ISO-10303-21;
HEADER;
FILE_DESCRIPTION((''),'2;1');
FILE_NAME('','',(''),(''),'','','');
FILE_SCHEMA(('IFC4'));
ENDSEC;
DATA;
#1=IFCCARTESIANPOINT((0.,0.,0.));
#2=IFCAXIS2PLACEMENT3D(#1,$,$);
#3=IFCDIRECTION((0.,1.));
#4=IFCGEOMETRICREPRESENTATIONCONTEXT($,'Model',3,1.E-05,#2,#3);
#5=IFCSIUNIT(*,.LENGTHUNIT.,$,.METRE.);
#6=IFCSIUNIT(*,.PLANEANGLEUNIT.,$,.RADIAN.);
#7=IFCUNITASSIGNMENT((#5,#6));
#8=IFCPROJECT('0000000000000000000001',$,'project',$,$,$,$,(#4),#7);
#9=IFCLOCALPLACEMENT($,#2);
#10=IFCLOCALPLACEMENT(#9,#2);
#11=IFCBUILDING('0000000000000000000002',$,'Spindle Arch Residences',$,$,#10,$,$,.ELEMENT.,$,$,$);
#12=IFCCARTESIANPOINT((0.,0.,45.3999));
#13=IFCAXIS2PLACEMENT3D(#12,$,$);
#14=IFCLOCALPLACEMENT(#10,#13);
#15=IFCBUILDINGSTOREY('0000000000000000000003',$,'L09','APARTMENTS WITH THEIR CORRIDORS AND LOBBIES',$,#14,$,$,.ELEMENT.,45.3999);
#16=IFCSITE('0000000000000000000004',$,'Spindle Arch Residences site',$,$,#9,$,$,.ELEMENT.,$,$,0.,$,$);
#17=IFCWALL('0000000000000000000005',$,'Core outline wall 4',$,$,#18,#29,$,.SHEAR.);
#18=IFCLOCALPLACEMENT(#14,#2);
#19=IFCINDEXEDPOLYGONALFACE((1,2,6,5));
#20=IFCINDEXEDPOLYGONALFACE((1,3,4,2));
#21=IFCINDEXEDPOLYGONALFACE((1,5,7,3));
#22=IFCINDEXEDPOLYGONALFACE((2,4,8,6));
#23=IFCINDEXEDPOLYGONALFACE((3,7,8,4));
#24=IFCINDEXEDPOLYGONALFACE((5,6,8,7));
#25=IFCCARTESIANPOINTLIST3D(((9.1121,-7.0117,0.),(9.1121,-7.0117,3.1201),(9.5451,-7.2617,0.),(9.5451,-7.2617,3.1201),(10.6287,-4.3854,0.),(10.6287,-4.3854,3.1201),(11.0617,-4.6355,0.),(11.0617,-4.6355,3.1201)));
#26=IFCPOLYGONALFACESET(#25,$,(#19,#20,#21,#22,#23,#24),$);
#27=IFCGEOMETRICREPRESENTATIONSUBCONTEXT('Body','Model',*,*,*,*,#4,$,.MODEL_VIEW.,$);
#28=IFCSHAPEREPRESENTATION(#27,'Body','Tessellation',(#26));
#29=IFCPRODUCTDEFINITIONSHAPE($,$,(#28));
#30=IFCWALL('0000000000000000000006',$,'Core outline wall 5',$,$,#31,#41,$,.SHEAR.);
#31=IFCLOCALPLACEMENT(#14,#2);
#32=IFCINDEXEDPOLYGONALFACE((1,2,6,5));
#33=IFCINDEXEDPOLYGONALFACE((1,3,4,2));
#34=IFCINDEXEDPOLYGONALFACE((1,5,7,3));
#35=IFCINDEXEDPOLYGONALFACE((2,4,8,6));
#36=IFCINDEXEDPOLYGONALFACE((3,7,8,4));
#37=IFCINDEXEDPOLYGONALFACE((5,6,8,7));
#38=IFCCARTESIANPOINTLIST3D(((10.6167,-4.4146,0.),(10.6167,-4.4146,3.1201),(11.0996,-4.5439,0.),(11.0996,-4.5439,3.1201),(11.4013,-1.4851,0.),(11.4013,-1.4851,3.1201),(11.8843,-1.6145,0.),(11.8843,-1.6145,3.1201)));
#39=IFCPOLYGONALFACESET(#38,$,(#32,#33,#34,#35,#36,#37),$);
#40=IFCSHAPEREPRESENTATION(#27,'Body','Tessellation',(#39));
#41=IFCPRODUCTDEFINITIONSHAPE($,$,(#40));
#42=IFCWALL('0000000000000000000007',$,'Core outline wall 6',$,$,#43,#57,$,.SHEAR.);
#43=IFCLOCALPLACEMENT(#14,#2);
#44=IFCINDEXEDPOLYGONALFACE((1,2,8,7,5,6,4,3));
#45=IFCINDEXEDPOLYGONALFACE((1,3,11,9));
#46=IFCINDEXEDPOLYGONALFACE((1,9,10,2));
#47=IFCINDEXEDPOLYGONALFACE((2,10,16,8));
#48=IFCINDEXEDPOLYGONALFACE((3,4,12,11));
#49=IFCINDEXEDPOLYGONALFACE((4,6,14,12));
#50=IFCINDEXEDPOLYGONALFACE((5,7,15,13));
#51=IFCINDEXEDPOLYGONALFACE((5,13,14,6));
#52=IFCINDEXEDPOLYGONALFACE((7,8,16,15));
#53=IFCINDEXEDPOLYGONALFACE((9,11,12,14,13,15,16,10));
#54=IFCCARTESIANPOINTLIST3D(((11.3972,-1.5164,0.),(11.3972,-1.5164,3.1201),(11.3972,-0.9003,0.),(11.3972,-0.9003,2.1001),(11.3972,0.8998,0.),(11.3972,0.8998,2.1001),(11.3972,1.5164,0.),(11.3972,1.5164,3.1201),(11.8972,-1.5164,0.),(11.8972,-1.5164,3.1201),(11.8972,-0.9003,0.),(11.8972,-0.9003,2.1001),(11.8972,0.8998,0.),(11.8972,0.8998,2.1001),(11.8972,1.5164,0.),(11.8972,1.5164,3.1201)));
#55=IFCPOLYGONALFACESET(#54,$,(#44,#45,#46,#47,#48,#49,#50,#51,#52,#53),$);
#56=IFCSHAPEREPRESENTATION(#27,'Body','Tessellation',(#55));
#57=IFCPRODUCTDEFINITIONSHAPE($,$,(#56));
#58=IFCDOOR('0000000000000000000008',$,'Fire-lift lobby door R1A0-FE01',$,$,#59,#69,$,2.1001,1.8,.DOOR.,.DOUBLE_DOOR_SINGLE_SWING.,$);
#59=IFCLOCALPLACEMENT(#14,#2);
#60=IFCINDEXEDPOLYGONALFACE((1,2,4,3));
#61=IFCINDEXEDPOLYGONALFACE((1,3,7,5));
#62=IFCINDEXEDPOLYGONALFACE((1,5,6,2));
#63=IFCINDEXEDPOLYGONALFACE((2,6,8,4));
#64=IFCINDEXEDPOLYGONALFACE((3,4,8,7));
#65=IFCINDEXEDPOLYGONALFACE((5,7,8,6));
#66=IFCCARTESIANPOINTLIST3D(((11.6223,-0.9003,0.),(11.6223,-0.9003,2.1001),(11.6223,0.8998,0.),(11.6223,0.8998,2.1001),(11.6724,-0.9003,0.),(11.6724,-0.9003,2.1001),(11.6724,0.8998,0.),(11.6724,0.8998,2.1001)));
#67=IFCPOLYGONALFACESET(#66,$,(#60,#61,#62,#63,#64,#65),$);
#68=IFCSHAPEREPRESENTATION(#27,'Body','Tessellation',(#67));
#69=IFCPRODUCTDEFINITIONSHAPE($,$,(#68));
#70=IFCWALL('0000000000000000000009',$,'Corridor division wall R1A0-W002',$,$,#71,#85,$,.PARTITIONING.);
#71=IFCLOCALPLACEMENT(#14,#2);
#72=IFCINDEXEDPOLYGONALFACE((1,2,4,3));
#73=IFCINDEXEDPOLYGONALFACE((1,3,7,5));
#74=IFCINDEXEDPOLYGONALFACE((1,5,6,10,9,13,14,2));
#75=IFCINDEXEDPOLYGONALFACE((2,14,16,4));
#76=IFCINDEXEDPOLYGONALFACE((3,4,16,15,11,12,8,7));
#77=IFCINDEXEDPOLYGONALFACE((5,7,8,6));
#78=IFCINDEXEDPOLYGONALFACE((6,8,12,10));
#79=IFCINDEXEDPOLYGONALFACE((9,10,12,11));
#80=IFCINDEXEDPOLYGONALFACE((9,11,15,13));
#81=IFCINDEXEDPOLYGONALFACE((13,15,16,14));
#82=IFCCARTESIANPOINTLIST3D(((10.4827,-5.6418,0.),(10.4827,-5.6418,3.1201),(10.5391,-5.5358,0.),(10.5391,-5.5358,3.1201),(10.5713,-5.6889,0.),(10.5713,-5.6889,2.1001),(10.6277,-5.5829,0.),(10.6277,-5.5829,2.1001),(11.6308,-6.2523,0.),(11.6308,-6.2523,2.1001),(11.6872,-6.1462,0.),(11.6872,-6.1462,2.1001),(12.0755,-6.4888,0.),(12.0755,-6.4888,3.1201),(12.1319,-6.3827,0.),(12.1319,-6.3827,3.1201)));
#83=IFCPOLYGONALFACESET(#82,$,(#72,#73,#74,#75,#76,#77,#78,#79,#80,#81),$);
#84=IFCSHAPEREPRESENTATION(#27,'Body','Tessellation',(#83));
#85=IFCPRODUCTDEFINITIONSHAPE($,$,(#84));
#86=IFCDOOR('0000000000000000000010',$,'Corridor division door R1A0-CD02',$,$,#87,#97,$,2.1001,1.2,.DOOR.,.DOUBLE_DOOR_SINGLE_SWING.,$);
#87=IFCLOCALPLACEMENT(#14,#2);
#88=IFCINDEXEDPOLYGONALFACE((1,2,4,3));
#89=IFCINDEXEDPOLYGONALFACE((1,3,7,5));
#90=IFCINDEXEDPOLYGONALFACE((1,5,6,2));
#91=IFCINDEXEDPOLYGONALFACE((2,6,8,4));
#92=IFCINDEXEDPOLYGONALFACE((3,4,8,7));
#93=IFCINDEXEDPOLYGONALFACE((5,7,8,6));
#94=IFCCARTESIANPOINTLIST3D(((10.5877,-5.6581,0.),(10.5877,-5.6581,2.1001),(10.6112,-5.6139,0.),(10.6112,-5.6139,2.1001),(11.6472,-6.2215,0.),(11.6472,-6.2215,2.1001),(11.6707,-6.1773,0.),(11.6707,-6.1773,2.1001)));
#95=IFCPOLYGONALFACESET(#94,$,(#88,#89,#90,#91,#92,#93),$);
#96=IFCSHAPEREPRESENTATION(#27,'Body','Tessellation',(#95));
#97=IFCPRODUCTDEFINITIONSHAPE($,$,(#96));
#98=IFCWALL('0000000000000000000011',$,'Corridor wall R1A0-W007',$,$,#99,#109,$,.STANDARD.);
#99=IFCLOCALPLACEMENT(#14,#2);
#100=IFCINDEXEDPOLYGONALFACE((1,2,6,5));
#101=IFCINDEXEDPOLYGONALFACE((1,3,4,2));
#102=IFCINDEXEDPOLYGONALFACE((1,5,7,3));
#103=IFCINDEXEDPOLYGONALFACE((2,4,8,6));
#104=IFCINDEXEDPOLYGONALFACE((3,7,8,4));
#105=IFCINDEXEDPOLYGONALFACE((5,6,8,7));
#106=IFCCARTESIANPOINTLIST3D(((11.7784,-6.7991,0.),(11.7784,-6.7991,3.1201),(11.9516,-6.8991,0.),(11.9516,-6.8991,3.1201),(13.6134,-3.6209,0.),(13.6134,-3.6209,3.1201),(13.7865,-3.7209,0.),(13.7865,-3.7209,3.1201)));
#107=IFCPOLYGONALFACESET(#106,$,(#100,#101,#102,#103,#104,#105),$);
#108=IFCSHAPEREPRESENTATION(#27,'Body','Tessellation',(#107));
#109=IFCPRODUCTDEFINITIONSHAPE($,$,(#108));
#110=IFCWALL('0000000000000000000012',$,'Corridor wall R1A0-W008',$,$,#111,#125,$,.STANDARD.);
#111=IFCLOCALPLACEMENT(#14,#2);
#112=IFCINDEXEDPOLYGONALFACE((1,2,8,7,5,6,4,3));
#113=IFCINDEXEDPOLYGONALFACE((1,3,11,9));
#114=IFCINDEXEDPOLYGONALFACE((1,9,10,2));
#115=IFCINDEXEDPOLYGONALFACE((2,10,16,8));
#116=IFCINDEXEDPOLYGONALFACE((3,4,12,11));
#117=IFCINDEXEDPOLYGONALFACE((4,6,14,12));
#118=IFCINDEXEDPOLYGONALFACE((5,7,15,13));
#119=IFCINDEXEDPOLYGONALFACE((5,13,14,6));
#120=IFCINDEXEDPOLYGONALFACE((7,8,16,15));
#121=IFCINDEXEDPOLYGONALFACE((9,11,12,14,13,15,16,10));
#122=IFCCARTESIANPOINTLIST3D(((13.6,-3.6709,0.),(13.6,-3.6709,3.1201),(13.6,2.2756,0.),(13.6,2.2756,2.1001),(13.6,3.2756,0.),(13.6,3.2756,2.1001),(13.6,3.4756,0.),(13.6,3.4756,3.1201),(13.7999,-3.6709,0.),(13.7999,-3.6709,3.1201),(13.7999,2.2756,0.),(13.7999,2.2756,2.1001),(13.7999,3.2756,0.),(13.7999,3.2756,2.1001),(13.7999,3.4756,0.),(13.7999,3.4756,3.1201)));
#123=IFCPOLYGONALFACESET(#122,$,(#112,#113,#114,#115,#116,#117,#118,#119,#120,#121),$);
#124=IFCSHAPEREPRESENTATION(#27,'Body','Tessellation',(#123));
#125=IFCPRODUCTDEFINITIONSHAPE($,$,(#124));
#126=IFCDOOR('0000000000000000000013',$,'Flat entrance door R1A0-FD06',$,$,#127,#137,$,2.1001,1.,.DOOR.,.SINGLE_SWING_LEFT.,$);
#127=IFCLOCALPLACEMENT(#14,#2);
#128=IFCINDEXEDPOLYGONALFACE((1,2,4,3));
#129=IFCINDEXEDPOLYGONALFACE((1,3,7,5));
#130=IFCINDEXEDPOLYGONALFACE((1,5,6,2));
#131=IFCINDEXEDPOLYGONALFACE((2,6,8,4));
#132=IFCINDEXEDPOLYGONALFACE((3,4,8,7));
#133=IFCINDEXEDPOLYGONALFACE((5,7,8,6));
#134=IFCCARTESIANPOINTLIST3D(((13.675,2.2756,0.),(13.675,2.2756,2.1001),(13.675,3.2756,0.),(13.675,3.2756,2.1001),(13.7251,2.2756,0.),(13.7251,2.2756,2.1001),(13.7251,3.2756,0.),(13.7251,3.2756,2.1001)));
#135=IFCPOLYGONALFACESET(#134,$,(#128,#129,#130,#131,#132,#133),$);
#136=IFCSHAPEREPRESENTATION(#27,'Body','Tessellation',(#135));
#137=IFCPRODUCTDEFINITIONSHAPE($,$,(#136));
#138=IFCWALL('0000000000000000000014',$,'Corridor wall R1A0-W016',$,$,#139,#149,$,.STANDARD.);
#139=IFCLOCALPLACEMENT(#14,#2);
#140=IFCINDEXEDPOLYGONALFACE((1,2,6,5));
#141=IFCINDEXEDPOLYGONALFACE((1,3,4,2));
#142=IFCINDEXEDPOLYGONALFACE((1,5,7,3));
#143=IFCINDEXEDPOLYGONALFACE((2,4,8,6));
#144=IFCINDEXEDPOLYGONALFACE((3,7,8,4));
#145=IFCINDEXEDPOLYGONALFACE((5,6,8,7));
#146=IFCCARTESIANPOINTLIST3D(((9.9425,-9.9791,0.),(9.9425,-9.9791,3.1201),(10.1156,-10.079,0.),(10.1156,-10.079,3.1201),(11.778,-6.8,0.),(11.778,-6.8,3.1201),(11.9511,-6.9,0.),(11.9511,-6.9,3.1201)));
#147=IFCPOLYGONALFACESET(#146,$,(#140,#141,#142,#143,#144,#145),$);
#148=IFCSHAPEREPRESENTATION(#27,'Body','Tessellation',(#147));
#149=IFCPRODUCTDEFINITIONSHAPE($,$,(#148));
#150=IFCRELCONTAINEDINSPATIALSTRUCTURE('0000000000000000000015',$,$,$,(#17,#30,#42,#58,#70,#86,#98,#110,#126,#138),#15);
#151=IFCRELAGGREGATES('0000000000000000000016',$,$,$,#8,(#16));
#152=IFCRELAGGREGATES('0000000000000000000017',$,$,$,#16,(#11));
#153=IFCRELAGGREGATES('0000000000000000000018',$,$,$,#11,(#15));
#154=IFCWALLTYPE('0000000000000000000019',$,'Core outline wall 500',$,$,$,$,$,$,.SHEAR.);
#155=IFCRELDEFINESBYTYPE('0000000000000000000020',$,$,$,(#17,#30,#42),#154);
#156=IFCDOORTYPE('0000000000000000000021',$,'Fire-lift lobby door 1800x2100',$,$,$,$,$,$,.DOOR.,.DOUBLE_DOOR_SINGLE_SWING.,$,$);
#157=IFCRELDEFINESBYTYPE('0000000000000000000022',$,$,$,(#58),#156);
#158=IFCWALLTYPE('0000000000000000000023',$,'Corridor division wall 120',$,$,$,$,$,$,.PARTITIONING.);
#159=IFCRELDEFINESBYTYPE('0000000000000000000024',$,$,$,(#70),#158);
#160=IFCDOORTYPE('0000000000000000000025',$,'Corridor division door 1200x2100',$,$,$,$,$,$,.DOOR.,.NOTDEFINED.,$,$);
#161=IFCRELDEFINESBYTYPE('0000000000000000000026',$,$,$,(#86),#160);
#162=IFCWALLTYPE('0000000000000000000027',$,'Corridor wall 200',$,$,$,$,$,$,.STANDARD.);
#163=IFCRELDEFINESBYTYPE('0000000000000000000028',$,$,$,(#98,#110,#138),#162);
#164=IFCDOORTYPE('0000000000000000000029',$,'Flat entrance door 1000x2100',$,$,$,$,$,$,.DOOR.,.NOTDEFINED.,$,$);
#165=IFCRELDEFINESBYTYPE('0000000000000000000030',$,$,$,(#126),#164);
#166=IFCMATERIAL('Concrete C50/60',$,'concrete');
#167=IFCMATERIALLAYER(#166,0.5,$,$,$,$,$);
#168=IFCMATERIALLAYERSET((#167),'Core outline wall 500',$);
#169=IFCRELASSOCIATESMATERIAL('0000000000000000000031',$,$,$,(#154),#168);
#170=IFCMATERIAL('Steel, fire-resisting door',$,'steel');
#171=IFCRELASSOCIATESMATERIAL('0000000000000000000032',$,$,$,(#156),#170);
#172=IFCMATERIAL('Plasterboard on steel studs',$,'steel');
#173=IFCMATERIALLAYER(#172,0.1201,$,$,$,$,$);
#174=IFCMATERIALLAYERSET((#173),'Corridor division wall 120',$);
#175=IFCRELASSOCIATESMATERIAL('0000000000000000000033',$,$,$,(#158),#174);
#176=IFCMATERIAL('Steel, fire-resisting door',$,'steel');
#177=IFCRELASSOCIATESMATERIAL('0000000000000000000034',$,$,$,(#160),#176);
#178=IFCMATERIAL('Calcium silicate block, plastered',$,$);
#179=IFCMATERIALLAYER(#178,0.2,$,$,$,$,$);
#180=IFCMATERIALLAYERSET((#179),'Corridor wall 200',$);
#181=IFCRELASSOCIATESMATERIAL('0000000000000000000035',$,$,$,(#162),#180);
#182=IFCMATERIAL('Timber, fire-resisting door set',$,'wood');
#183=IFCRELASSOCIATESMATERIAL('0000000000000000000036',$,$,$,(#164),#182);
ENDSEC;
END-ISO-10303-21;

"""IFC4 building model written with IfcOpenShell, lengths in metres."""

from ifc_helpers import new_model, si_unit, direction, frame, frame_2d, origin, place, context, subcontext, project, spatial, rectangle, extrude, material, layer, layer_set, type_object, element, fill, save


model = new_model("IFC4")

# Units and contexts
model_context = context("Model", 3, precision=1e-05, world=origin(), true_north=direction((0.0, 1.0)))
body_context = subcontext(model_context, "Body", "Model", "MODEL_VIEW")
ifc_project = project(units=[si_unit("LENGTHUNIT", "METRE"), si_unit("PLANEANGLEUNIT", "RADIAN")], contexts=[model_context])

# Site, building, storey
site_placement = place(None, origin())
site = spatial("IfcSite", under=ifc_project, at=site_placement, Name="Spindle Arch Residences site", CompositionType="ELEMENT", RefElevation=0.0)
building_placement = place(site_placement, origin())
building = spatial("IfcBuilding", under=site, at=building_placement, Name="Spindle Arch Residences", CompositionType="ELEMENT")
storey_placement = place(building_placement, frame((0.0, 0.0, 45.3999)))
storey = spatial("IfcBuildingStorey", under=building, at=storey_placement, Name="L09", Description="APARTMENTS WITH THEIR CORRIDORS AND LOBBIES", CompositionType="ELEMENT", Elevation=45.3999)

# Walls
ifc_material_1 = material(Name="Concrete C50/60", Category="concrete")
ifc_layer_1 = layer(ifc_material_1, 0.5)
ifc_layer_set_1 = layer_set([ifc_layer_1], Name="Core outline wall 500")
wall_type_1 = type_object("IfcWallType", Name="Core outline wall 500", PredefinedType="SHEAR", material=ifc_layer_set_1)
for number, where, z_axis, x_axis, name in (
    (1, (9.3286, -7.1367, 0.0), (0.0, 0.0, 1.0), (0.500087, 0.865975, 0.0), "Core outline wall 4"),
    (2, (10.8582, -4.4792, 0.0), (0.0, 0.0, 1.0), (0.258735, 0.965948, 0.0), "Core outline wall 5"),
):
    element("IfcWall", number, at=place(storey_placement, frame(where, z_axis=z_axis, x_axis=x_axis)), inside=storey, type_object=wall_type_1, Name=name, PredefinedType="SHEAR", context=body_context, shape_type="SweptSolid", body=[
        extrude(rectangle(XDim=3.0327, YDim=0.5, at=frame_2d((1.5164, 0.0))), origin(), (0.0, 0.0, 1.0), 3.1201),
    ])

# Walls, openings, doors
wall_1_placement = place(storey_placement, frame((11.6472, -1.5164, 0.0), z_axis=(0.0, 0.0, 1.0), x_axis=(0.0, 1.0, 0.0)))
wall_1 = element("IfcWall", 3, at=wall_1_placement, inside=storey, type_object=wall_type_1, Name="Core outline wall 6", PredefinedType="SHEAR", context=body_context, shape_type="SweptSolid", body=[
    extrude(rectangle(XDim=3.0327, YDim=0.5, at=frame_2d((1.5164, 0.0))), origin(), (0.0, 0.0, 1.0), 3.1201),
])
opening_1_placement = place(wall_1_placement, frame((0.6162, 0.0, 0.0)))
opening_1 = element("IfcOpeningElement", 4, at=opening_1_placement, cuts=wall_1, PredefinedType="OPENING", context=body_context, shape_type="SweptSolid", body=[
    extrude(rectangle(XDim=1.8, YDim=2.1001, at=frame_2d((0.8999, 1.05))), frame((0.0, 0.26, 0.0), z_axis=(0.0, -1.0, 0.0), x_axis=(1.0, 0.0, 0.0)), (0.0, 0.0, 1.0), 0.52),
])
ifc_material_2 = material(Name="Steel, fire-resisting door", Category="steel")
door_type_1 = type_object("IfcDoorType", Name="Fire-lift lobby door 1800x2100", OperationType="DOUBLE_DOOR_SINGLE_SWING", PredefinedType="DOOR", material=ifc_material_2)
door_1_placement = place(opening_1_placement, origin())
door_1 = element("IfcDoor", 5, at=door_1_placement, inside=storey, type_object=door_type_1, Name="Fire-lift lobby door R1A0-FE01", OperationType="DOUBLE_DOOR_SINGLE_SWING", OverallHeight=2.1001, OverallWidth=1.8, PredefinedType="DOOR", context=body_context, shape_type="SweptSolid", body=[
    extrude(rectangle(XDim=1.8, YDim=2.1001, at=frame_2d((0.8999, 1.05))), frame((0.0, 0.0249, 0.0), z_axis=(0.0, -1.0, 0.0), x_axis=(1.0, 0.0, 0.0)), (0.0, 0.0, 1.0), 0.05),
])
fill(opening_1, door_1)
ifc_material_3 = material(Name="Plasterboard on steel studs", Category="steel")
ifc_layer_2 = layer(ifc_material_3, 0.1201)
ifc_layer_set_2 = layer_set([ifc_layer_2], Name="Corridor division wall 120")
wall_type_2 = type_object("IfcWallType", Name="Corridor division wall 120", PredefinedType="PARTITIONING", material=ifc_layer_set_2)
wall_2_placement = place(storey_placement, frame((10.511, -5.5889, 0.0), z_axis=(0.0, 0.0, 1.0), x_axis=(0.88294, -0.469485, 0.0)))
wall_2 = element("IfcWall", 6, at=wall_2_placement, inside=storey, type_object=wall_type_2, Name="Corridor division wall R1A0-W002", PredefinedType="PARTITIONING", context=body_context, shape_type="SweptSolid", body=[
    extrude(rectangle(XDim=1.804, YDim=0.1201, at=frame_2d((0.9019, 0.0))), origin(), (0.0, 0.0, 1.0), 3.1201),
])
opening_2_placement = place(wall_2_placement, frame((0.1001, 0.0, 0.0)))
opening_2 = element("IfcOpeningElement", 7, at=opening_2_placement, cuts=wall_2, PredefinedType="OPENING", context=body_context, shape_type="SweptSolid", body=[
    extrude(rectangle(XDim=1.2, YDim=2.1001, at=frame_2d((0.6001, 1.05))), frame((0.0, 0.0701, 0.0), z_axis=(0.0, -1.0, 0.0), x_axis=(1.0, 0.0, 0.0)), (0.0, 0.0, 1.0), 0.1401),
])
ifc_material_4 = material(Name="Steel, fire-resisting door", Category="steel")
door_type_2 = type_object("IfcDoorType", Name="Corridor division door 1200x2100", OperationType="NOTDEFINED", PredefinedType="DOOR", material=ifc_material_4)
door_2_placement = place(opening_2_placement, origin())
door_2 = element("IfcDoor", 8, at=door_2_placement, inside=storey, type_object=door_type_2, Name="Corridor division door R1A0-CD02", OperationType="DOUBLE_DOOR_SINGLE_SWING", OverallHeight=2.1001, OverallWidth=1.2, PredefinedType="DOOR", context=body_context, shape_type="SweptSolid", body=[
    extrude(rectangle(XDim=1.2, YDim=2.1001, at=frame_2d((0.6001, 1.05))), frame((0.0, 0.0249, 0.0), z_axis=(0.0, -1.0, 0.0), x_axis=(1.0, 0.0, 0.0)), (0.0, 0.0, 1.0), 0.05),
])
fill(opening_2, door_2)

# Wall
ifc_material_5 = material(Name="Calcium silicate block, plastered")
ifc_layer_3 = layer(ifc_material_5, 0.2)
ifc_layer_set_3 = layer_set([ifc_layer_3], Name="Corridor wall 200")
wall_type_3 = type_object("IfcWallType", Name="Corridor wall 200", PredefinedType="STANDARD", material=ifc_layer_set_3)
wall_3_placement = place(storey_placement, frame((11.865, -6.8491, 0.0), z_axis=(0.0, 0.0, 1.0), x_axis=(0.500003, 0.866024, 0.0)))
element("IfcWall", 9, at=wall_3_placement, inside=storey, type_object=wall_type_3, Name="Corridor wall R1A0-W007", PredefinedType="STANDARD", context=body_context, shape_type="SweptSolid", body=[
    extrude(rectangle(XDim=3.6699, YDim=0.2, at=frame_2d((1.835, 0.0))), origin(), (0.0, 0.0, 1.0), 3.1201),
])

# Wall, opening, door
wall_4_placement = place(storey_placement, frame((13.7, -3.6709, 0.0), z_axis=(0.0, 0.0, 1.0), x_axis=(0.0, 1.0, 0.0)))
wall_4 = element("IfcWall", 10, at=wall_4_placement, inside=storey, type_object=wall_type_3, Name="Corridor wall R1A0-W008", PredefinedType="STANDARD", context=body_context, shape_type="SweptSolid", body=[
    extrude(rectangle(XDim=7.1465, YDim=0.2, at=frame_2d((3.5732, 0.0))), origin(), (0.0, 0.0, 1.0), 3.1201),
])
opening_3_placement = place(wall_4_placement, frame((5.9465, 0.0, 0.0)))
opening_3 = element("IfcOpeningElement", 11, at=opening_3_placement, cuts=wall_4, PredefinedType="OPENING", context=body_context, shape_type="SweptSolid", body=[
    extrude(rectangle(XDim=1.0, YDim=2.1001, at=frame_2d((0.5, 1.05))), frame((0.0, 0.1099, 0.0), z_axis=(0.0, -1.0, 0.0), x_axis=(1.0, 0.0, 0.0)), (0.0, 0.0, 1.0), 0.22),
])
ifc_material_6 = material(Name="Timber, fire-resisting door set", Category="wood")
door_type_3 = type_object("IfcDoorType", Name="Flat entrance door 1000x2100", OperationType="NOTDEFINED", PredefinedType="DOOR", material=ifc_material_6)
door_3_placement = place(opening_3_placement, origin())
door_3 = element("IfcDoor", 12, at=door_3_placement, inside=storey, type_object=door_type_3, Name="Flat entrance door R1A0-FD06", OperationType="SINGLE_SWING_LEFT", OverallHeight=2.1001, OverallWidth=1.0, PredefinedType="DOOR", context=body_context, shape_type="SweptSolid", body=[
    extrude(rectangle(XDim=1.0, YDim=2.1001, at=frame_2d((0.5, 1.05))), frame((0.0, 0.0249, 0.0), z_axis=(0.0, -1.0, 0.0), x_axis=(1.0, 0.0, 0.0)), (0.0, 0.0, 1.0), 0.05),
])
fill(opening_3, door_3)

# Wall
wall_5_placement = place(storey_placement, frame((10.0291, -10.0291, 0.0), z_axis=(0.0, 0.0, 1.0), x_axis=(0.500016, 0.866016, 0.0)))
element("IfcWall", 13, at=wall_5_placement, inside=storey, type_object=wall_type_3, Name="Corridor wall R1A0-W016", PredefinedType="STANDARD", context=body_context, shape_type="SweptSolid", body=[
    extrude(rectangle(XDim=3.6709, YDim=0.2, at=frame_2d((1.8354, 0.0))), origin(), (0.0, 0.0, 1.0), 3.1201),
])

save(model, "model.ifc")
